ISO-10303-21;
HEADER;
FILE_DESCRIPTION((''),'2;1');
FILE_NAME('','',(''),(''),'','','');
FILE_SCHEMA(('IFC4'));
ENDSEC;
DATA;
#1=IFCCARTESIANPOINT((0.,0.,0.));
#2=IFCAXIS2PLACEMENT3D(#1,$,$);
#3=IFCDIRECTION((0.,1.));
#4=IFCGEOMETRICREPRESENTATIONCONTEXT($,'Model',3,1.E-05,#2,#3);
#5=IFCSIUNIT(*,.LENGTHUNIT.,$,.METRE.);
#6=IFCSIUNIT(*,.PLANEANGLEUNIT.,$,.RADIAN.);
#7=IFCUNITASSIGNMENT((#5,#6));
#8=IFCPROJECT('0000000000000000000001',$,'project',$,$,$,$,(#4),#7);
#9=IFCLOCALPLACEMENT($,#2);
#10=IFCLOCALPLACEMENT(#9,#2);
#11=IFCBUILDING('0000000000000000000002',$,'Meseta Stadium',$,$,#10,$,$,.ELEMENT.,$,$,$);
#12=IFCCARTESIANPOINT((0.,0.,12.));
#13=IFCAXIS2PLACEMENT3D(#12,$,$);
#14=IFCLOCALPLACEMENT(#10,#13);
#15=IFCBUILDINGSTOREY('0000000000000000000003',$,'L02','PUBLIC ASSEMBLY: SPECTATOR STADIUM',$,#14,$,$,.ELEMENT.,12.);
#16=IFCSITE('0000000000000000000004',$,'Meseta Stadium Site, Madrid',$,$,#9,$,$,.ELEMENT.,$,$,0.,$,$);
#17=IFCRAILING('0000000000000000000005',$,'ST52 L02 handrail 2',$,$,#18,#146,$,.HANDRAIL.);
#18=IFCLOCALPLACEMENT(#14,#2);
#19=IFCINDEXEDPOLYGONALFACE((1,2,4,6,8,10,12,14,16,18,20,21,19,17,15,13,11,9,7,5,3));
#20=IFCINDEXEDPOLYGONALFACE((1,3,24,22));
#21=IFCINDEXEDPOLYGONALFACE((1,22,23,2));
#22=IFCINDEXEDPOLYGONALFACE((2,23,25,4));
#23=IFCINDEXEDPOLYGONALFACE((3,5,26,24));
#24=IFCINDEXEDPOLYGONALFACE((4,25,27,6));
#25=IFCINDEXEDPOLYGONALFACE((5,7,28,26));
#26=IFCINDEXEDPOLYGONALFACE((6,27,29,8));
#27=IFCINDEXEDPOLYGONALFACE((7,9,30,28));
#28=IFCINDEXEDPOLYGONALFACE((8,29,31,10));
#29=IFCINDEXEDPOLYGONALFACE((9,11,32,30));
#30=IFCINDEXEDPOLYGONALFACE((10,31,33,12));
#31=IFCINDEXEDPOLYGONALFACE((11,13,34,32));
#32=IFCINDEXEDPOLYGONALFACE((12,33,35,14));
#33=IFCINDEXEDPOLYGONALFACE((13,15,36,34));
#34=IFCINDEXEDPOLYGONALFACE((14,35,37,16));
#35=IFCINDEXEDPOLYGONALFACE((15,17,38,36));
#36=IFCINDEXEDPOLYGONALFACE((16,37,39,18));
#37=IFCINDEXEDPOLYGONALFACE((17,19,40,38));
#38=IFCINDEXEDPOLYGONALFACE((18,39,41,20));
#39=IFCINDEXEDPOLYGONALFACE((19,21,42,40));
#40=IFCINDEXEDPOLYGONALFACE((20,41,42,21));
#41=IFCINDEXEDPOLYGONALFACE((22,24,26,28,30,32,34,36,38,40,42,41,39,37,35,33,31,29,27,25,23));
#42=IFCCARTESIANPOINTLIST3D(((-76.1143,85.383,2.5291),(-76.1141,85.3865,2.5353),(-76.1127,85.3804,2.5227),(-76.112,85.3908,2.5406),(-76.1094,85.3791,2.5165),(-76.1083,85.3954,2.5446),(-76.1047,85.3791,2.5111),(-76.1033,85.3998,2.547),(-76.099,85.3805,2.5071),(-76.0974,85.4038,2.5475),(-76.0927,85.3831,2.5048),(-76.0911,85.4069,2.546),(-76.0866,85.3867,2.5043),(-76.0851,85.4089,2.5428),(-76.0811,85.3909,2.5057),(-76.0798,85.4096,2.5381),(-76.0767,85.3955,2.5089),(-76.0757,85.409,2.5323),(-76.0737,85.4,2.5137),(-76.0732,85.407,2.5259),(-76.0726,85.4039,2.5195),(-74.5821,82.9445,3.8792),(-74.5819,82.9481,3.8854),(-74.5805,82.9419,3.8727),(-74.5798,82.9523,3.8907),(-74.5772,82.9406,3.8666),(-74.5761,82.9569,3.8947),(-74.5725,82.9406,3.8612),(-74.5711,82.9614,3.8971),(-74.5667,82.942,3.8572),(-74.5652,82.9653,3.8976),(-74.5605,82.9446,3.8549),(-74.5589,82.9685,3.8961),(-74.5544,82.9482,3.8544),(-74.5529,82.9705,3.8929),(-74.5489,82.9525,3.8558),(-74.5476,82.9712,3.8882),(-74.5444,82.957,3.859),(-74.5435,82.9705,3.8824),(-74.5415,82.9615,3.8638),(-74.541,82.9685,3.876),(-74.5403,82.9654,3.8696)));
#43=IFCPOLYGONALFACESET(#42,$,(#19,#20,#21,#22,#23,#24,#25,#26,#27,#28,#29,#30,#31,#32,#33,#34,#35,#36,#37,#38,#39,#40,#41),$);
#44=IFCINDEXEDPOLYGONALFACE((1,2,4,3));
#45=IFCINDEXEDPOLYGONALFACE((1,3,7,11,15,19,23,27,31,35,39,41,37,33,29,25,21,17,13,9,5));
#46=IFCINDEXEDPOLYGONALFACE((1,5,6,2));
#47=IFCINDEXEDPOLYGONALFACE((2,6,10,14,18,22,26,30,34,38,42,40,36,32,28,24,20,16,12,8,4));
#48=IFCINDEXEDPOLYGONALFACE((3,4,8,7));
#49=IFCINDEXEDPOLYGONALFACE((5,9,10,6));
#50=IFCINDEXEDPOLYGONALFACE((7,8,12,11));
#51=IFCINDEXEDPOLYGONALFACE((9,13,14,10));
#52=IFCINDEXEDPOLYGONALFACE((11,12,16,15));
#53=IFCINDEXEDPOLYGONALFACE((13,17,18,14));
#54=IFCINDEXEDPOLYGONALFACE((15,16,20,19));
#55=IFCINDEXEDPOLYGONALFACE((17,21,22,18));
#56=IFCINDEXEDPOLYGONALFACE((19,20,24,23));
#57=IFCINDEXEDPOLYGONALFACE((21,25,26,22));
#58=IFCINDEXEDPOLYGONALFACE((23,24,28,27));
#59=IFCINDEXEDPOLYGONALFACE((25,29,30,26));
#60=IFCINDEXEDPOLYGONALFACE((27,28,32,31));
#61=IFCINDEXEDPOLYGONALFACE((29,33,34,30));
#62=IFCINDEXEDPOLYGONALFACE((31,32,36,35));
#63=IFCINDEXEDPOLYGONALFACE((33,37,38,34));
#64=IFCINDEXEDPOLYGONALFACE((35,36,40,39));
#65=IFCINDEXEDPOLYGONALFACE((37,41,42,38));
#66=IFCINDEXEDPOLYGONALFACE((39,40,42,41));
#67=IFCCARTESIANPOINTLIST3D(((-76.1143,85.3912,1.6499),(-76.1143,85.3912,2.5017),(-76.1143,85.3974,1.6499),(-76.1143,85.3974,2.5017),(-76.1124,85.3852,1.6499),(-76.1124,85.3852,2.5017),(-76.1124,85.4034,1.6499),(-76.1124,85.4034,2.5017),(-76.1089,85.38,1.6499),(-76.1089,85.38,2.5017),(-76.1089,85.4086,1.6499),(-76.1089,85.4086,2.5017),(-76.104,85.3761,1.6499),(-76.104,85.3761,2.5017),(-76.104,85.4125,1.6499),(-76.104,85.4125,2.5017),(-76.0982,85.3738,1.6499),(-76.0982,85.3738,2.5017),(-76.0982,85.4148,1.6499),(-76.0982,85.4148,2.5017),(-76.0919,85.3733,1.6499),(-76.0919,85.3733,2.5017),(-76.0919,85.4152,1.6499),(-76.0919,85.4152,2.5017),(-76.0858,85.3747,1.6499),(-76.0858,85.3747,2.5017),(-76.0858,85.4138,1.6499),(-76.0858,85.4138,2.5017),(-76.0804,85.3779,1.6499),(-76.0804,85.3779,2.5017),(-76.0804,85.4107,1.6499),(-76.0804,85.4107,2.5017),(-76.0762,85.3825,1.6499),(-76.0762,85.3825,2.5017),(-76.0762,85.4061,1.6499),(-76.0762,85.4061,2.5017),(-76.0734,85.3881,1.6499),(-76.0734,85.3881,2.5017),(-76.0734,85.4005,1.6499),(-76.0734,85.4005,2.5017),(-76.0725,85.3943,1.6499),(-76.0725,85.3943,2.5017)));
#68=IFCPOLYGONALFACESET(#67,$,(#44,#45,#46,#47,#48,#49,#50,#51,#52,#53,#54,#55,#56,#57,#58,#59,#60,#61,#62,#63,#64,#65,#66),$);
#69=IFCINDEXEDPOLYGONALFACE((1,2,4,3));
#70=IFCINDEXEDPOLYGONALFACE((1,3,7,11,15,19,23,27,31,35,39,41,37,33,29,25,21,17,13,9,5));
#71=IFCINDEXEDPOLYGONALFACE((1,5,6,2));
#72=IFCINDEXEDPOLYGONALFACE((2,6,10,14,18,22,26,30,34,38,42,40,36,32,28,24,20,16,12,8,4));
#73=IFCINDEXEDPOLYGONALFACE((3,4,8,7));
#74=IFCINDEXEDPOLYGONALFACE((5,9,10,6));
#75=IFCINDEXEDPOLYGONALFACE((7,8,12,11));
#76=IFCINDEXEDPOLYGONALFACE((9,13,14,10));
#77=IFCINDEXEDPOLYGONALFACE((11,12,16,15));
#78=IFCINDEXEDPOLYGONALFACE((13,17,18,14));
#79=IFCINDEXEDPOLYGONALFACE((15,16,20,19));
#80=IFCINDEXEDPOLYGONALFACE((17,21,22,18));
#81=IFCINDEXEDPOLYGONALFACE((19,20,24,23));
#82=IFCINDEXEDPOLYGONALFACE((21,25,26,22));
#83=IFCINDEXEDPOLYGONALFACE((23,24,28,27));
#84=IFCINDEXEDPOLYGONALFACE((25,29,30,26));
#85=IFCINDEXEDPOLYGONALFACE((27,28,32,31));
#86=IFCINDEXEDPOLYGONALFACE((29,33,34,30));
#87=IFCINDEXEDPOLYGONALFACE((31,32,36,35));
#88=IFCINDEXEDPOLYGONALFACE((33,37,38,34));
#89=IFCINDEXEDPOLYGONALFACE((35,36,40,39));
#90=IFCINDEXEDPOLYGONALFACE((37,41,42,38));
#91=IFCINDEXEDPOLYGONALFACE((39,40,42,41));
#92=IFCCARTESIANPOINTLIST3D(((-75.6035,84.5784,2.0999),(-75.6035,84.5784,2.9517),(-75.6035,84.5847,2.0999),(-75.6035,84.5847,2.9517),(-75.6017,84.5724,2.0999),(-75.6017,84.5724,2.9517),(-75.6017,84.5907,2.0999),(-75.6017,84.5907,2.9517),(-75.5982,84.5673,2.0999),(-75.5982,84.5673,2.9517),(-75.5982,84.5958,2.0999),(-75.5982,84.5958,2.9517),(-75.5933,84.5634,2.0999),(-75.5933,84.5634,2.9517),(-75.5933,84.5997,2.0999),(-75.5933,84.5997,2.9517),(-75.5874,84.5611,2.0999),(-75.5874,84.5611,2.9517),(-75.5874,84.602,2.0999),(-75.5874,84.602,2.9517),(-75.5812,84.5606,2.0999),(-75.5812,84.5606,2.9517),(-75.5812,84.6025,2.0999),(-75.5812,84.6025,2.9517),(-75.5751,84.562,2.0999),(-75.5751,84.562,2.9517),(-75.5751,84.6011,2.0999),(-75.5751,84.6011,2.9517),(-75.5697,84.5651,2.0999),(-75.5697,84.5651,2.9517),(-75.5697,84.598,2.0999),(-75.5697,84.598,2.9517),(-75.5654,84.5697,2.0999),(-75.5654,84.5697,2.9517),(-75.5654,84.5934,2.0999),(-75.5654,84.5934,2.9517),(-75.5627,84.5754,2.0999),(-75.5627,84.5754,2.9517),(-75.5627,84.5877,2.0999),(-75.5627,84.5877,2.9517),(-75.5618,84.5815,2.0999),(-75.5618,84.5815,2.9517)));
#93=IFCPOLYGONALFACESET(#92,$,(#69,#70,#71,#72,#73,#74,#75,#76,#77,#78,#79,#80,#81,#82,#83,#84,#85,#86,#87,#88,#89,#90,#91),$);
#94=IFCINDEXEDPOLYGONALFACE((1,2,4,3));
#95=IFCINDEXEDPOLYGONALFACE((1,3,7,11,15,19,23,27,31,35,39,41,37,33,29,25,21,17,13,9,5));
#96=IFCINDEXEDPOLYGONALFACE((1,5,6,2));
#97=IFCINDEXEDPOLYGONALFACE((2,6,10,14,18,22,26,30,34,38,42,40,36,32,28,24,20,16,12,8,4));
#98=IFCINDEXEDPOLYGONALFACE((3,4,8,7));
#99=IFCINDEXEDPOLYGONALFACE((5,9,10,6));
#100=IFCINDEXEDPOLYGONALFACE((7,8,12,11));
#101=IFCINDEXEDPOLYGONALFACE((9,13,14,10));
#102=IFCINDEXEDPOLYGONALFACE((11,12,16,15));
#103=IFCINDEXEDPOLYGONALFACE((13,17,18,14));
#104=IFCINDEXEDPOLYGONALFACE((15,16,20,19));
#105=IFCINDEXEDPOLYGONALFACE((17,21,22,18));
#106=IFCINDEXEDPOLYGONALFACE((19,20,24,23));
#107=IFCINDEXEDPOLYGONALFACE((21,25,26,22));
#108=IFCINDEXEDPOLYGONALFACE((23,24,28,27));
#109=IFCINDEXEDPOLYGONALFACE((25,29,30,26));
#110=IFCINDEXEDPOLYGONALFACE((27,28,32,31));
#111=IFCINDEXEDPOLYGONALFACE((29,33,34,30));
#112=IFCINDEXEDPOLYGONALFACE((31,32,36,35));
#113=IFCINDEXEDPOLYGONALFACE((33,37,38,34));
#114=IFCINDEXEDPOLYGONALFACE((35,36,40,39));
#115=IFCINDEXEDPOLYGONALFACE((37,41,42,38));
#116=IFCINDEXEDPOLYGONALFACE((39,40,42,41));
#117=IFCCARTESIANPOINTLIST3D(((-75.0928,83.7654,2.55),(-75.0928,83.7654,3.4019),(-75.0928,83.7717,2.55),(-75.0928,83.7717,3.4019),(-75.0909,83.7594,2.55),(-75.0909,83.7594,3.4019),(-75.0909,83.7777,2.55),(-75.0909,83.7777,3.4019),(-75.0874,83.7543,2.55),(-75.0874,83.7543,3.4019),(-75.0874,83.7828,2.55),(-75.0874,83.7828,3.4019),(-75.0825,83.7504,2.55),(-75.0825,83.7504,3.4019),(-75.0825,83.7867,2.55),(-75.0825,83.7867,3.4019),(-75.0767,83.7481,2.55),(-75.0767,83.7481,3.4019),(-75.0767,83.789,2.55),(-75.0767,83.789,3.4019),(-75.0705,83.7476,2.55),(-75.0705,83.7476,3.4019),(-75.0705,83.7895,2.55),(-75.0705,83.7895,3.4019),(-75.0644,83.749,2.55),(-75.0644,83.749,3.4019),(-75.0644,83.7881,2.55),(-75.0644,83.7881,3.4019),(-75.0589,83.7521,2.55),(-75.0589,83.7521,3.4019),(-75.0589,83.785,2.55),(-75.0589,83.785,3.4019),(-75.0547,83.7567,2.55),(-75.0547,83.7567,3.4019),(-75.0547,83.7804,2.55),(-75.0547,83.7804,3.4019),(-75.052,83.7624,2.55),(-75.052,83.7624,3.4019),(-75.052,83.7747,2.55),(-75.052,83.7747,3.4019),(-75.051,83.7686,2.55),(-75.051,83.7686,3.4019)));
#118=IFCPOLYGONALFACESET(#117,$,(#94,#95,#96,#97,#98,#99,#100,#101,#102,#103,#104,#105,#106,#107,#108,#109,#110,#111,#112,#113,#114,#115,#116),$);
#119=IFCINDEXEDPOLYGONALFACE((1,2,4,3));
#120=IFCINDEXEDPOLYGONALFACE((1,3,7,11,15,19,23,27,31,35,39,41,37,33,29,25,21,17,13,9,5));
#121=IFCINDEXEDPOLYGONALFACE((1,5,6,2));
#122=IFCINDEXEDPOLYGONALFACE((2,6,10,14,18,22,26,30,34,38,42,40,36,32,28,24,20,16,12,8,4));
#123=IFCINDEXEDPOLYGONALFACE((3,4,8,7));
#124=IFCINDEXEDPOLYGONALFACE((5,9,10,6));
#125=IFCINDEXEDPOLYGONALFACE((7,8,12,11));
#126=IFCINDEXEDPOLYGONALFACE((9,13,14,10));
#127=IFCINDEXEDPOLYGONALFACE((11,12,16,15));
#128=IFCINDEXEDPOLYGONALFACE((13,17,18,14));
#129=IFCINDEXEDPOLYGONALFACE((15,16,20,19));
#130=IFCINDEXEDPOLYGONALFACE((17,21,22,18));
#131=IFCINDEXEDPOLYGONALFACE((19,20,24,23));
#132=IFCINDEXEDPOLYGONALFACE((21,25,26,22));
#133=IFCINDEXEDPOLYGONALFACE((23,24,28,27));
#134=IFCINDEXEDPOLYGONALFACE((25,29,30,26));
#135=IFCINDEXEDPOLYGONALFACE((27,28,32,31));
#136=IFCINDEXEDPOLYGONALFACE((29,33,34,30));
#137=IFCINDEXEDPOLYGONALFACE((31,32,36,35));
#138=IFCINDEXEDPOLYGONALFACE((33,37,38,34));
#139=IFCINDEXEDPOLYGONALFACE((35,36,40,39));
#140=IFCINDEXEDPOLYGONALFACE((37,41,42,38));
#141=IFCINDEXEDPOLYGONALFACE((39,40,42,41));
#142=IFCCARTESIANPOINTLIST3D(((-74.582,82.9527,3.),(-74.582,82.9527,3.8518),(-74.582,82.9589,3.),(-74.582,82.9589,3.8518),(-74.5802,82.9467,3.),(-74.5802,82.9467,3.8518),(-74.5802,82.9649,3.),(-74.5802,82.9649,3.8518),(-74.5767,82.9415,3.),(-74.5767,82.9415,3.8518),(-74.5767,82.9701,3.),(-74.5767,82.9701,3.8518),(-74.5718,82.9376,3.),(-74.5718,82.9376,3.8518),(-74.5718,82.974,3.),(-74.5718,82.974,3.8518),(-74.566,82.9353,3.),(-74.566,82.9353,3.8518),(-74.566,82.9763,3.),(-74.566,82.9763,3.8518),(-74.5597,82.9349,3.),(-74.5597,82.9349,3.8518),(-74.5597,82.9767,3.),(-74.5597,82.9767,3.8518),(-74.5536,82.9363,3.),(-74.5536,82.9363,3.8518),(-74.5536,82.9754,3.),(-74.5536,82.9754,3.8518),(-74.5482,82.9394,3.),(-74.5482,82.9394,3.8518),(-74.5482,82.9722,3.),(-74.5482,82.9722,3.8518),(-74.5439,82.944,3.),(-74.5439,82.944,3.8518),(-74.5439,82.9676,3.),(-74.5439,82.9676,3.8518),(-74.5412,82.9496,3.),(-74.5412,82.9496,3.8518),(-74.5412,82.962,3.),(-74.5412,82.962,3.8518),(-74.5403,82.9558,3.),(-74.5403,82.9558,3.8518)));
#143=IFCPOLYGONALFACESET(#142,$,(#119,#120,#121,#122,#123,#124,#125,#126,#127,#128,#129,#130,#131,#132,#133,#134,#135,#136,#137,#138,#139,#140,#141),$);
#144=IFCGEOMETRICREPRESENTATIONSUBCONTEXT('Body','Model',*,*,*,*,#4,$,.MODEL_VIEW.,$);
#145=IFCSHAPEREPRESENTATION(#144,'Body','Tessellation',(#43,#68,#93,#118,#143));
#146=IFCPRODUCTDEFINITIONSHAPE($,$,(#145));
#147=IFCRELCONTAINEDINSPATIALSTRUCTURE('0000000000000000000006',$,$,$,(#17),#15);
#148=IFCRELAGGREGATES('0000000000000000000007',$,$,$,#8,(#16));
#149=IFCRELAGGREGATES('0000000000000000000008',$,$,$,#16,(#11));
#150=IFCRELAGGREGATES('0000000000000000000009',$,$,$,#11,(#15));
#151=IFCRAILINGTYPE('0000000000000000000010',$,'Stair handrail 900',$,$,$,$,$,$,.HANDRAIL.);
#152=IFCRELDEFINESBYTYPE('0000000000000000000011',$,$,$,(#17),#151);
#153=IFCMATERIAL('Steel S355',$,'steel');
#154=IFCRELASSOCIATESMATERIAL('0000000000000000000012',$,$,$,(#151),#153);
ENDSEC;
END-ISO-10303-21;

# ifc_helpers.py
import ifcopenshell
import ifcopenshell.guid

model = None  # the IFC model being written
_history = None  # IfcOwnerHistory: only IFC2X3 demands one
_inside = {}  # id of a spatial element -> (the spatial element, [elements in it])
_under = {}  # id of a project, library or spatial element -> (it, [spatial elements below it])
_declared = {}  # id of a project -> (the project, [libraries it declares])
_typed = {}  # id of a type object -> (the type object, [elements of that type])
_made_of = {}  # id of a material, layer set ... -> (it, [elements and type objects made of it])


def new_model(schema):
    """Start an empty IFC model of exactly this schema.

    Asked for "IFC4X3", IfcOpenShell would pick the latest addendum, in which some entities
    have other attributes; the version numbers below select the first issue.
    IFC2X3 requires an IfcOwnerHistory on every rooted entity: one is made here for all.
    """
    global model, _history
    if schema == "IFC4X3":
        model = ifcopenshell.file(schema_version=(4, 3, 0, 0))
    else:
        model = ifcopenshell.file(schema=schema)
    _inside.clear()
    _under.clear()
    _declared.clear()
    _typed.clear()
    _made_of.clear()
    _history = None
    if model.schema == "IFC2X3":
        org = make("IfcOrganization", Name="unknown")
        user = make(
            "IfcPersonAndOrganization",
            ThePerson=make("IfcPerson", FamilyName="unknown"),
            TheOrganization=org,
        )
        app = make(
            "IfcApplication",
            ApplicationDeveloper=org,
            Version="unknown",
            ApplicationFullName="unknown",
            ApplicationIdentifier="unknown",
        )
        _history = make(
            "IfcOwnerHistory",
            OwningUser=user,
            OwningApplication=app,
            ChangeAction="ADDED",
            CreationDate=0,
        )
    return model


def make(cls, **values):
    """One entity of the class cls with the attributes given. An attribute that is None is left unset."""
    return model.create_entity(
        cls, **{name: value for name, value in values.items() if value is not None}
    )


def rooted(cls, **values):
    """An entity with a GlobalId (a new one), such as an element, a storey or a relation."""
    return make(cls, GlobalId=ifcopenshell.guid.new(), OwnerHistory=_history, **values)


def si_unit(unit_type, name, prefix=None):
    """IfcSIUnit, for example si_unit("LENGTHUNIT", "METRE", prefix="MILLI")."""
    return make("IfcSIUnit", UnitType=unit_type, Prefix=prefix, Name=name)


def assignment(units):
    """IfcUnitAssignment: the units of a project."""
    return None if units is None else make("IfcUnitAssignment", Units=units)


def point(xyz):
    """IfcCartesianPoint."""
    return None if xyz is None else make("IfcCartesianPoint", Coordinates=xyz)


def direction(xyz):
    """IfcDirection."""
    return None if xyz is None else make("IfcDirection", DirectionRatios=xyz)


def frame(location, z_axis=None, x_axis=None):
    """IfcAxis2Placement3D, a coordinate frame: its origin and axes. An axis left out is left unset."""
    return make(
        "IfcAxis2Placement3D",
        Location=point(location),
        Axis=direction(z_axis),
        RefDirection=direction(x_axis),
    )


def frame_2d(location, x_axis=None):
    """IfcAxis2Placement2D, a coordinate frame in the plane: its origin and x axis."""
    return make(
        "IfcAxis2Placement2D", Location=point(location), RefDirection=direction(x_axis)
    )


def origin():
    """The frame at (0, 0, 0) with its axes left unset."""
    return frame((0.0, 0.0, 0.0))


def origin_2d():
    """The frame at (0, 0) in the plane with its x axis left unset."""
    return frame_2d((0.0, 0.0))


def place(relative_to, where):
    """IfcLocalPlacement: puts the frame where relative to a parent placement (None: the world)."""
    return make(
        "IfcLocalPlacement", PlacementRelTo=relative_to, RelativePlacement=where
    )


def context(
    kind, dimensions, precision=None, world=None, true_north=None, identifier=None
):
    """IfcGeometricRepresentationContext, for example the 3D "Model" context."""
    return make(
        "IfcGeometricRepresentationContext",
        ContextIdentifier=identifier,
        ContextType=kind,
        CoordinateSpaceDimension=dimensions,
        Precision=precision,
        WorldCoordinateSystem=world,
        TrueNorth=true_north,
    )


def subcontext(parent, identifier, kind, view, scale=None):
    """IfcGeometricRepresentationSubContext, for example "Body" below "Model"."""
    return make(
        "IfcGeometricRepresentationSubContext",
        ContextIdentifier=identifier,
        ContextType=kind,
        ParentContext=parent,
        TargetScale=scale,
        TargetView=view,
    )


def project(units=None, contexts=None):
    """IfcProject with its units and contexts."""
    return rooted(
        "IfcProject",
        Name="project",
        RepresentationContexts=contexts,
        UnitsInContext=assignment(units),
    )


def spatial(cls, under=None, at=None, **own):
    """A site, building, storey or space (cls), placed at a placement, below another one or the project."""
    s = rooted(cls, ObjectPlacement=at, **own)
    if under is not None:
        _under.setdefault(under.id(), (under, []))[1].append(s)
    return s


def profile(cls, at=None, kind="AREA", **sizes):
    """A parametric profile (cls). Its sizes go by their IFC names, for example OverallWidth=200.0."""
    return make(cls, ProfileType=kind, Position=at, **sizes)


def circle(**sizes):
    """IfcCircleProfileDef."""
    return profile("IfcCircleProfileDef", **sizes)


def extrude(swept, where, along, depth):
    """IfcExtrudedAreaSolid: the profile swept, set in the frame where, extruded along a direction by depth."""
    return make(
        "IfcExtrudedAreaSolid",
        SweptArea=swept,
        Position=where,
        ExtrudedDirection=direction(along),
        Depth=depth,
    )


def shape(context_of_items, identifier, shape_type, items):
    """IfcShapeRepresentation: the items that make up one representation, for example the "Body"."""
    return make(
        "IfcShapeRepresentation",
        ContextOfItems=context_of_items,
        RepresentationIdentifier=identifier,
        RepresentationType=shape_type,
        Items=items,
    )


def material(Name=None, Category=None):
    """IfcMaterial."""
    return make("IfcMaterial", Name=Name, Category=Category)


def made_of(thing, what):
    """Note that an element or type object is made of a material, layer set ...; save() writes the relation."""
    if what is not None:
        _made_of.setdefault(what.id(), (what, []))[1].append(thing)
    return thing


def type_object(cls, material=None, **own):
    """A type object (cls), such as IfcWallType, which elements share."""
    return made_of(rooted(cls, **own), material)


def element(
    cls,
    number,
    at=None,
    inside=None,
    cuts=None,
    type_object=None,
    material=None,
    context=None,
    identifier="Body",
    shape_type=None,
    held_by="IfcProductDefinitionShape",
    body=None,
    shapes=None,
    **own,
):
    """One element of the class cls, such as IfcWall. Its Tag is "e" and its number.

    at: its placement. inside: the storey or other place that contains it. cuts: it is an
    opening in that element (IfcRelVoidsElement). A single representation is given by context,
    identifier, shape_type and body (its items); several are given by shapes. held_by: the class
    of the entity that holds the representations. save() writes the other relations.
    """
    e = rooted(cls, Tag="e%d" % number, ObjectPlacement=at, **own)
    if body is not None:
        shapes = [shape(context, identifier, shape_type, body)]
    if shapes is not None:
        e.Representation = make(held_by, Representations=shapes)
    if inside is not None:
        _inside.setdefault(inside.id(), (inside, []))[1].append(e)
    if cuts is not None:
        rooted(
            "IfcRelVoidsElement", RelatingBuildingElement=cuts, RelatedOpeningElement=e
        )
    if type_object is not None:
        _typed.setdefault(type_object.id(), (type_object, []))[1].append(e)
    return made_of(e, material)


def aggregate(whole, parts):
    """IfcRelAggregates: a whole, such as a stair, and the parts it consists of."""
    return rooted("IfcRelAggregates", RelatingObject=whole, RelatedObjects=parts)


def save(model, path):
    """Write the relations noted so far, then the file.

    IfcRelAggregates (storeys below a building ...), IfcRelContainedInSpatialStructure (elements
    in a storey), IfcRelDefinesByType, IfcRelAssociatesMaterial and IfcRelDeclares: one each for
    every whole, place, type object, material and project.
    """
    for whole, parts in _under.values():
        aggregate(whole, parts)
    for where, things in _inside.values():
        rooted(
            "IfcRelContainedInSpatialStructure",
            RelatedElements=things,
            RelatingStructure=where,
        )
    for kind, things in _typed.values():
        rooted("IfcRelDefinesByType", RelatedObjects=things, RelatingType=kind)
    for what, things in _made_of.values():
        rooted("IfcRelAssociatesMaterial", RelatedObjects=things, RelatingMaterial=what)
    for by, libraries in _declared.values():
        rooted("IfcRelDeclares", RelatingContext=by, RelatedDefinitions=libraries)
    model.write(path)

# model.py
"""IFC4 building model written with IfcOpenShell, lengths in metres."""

from ifc_helpers import new_model, si_unit, direction, frame, origin, origin_2d, place, context, subcontext, project, spatial, circle, extrude, material, type_object, element, save


model = new_model("IFC4")

# Units and contexts
model_context = context("Model", 3, precision=1e-05, world=origin(), true_north=direction((0.0, 1.0)))
body_context = subcontext(model_context, "Body", "Model", "MODEL_VIEW")
ifc_project = project(units=[si_unit("LENGTHUNIT", "METRE"), si_unit("PLANEANGLEUNIT", "RADIAN")], contexts=[model_context])

# Site, building, storey
site_placement = place(None, origin())
site = spatial("IfcSite", under=ifc_project, at=site_placement, Name="Meseta Stadium Site, Madrid", CompositionType="ELEMENT", RefElevation=0.0)
building_placement = place(site_placement, origin())
building = spatial("IfcBuilding", under=site, at=building_placement, Name="Meseta Stadium", CompositionType="ELEMENT")
storey_placement = place(building_placement, frame((0.0, 0.0, 12.0)))
storey = spatial("IfcBuildingStorey", under=building, at=storey_placement, Name="L02", Description="PUBLIC ASSEMBLY: SPECTATOR STADIUM", CompositionType="ELEMENT", Elevation=12.0)

# Railing
ifc_material_1 = material(Name="Steel S355", Category="steel")
railing_type_1 = type_object("IfcRailingType", Name="Stair handrail 900", PredefinedType="HANDRAIL", material=ifc_material_1)
for number, where, name in (
    (1, (-76.0935, 85.3943, 1.6499), "ST52 L02 handrail 2"),
):
    element("IfcRailing", number, at=place(storey_placement, frame(where)), inside=storey, type_object=railing_type_1, Name=name, PredefinedType="HANDRAIL", context=body_context, shape_type="SweptSolid", body=[
        extrude(circle(Radius=0.0239, at=origin_2d()), frame((0.0, 0.0, 0.876), z_axis=(0.481731, -0.766655, 0.42447), x_axis=(0.846719, 0.53204, 0.0)), (0.0, 0.0, 1.0), 3.1807),
        extrude(circle(Radius=0.021, at=origin_2d()), origin(), (0.0, 0.0, 1.0), 0.8518),
        extrude(circle(Radius=0.021, at=origin_2d()), frame((0.5107, -0.8127, 0.45)), (0.0, 0.0, 1.0), 0.8518),
        extrude(circle(Radius=0.021, at=origin_2d()), frame((1.0215, -1.6257, 0.9001)), (0.0, 0.0, 1.0), 0.8518),
        extrude(circle(Radius=0.021, at=origin_2d()), frame((1.5322, -2.4385, 1.3501)), (0.0, 0.0, 1.0), 0.8518),
    ])

save(model, "model.ifc")
